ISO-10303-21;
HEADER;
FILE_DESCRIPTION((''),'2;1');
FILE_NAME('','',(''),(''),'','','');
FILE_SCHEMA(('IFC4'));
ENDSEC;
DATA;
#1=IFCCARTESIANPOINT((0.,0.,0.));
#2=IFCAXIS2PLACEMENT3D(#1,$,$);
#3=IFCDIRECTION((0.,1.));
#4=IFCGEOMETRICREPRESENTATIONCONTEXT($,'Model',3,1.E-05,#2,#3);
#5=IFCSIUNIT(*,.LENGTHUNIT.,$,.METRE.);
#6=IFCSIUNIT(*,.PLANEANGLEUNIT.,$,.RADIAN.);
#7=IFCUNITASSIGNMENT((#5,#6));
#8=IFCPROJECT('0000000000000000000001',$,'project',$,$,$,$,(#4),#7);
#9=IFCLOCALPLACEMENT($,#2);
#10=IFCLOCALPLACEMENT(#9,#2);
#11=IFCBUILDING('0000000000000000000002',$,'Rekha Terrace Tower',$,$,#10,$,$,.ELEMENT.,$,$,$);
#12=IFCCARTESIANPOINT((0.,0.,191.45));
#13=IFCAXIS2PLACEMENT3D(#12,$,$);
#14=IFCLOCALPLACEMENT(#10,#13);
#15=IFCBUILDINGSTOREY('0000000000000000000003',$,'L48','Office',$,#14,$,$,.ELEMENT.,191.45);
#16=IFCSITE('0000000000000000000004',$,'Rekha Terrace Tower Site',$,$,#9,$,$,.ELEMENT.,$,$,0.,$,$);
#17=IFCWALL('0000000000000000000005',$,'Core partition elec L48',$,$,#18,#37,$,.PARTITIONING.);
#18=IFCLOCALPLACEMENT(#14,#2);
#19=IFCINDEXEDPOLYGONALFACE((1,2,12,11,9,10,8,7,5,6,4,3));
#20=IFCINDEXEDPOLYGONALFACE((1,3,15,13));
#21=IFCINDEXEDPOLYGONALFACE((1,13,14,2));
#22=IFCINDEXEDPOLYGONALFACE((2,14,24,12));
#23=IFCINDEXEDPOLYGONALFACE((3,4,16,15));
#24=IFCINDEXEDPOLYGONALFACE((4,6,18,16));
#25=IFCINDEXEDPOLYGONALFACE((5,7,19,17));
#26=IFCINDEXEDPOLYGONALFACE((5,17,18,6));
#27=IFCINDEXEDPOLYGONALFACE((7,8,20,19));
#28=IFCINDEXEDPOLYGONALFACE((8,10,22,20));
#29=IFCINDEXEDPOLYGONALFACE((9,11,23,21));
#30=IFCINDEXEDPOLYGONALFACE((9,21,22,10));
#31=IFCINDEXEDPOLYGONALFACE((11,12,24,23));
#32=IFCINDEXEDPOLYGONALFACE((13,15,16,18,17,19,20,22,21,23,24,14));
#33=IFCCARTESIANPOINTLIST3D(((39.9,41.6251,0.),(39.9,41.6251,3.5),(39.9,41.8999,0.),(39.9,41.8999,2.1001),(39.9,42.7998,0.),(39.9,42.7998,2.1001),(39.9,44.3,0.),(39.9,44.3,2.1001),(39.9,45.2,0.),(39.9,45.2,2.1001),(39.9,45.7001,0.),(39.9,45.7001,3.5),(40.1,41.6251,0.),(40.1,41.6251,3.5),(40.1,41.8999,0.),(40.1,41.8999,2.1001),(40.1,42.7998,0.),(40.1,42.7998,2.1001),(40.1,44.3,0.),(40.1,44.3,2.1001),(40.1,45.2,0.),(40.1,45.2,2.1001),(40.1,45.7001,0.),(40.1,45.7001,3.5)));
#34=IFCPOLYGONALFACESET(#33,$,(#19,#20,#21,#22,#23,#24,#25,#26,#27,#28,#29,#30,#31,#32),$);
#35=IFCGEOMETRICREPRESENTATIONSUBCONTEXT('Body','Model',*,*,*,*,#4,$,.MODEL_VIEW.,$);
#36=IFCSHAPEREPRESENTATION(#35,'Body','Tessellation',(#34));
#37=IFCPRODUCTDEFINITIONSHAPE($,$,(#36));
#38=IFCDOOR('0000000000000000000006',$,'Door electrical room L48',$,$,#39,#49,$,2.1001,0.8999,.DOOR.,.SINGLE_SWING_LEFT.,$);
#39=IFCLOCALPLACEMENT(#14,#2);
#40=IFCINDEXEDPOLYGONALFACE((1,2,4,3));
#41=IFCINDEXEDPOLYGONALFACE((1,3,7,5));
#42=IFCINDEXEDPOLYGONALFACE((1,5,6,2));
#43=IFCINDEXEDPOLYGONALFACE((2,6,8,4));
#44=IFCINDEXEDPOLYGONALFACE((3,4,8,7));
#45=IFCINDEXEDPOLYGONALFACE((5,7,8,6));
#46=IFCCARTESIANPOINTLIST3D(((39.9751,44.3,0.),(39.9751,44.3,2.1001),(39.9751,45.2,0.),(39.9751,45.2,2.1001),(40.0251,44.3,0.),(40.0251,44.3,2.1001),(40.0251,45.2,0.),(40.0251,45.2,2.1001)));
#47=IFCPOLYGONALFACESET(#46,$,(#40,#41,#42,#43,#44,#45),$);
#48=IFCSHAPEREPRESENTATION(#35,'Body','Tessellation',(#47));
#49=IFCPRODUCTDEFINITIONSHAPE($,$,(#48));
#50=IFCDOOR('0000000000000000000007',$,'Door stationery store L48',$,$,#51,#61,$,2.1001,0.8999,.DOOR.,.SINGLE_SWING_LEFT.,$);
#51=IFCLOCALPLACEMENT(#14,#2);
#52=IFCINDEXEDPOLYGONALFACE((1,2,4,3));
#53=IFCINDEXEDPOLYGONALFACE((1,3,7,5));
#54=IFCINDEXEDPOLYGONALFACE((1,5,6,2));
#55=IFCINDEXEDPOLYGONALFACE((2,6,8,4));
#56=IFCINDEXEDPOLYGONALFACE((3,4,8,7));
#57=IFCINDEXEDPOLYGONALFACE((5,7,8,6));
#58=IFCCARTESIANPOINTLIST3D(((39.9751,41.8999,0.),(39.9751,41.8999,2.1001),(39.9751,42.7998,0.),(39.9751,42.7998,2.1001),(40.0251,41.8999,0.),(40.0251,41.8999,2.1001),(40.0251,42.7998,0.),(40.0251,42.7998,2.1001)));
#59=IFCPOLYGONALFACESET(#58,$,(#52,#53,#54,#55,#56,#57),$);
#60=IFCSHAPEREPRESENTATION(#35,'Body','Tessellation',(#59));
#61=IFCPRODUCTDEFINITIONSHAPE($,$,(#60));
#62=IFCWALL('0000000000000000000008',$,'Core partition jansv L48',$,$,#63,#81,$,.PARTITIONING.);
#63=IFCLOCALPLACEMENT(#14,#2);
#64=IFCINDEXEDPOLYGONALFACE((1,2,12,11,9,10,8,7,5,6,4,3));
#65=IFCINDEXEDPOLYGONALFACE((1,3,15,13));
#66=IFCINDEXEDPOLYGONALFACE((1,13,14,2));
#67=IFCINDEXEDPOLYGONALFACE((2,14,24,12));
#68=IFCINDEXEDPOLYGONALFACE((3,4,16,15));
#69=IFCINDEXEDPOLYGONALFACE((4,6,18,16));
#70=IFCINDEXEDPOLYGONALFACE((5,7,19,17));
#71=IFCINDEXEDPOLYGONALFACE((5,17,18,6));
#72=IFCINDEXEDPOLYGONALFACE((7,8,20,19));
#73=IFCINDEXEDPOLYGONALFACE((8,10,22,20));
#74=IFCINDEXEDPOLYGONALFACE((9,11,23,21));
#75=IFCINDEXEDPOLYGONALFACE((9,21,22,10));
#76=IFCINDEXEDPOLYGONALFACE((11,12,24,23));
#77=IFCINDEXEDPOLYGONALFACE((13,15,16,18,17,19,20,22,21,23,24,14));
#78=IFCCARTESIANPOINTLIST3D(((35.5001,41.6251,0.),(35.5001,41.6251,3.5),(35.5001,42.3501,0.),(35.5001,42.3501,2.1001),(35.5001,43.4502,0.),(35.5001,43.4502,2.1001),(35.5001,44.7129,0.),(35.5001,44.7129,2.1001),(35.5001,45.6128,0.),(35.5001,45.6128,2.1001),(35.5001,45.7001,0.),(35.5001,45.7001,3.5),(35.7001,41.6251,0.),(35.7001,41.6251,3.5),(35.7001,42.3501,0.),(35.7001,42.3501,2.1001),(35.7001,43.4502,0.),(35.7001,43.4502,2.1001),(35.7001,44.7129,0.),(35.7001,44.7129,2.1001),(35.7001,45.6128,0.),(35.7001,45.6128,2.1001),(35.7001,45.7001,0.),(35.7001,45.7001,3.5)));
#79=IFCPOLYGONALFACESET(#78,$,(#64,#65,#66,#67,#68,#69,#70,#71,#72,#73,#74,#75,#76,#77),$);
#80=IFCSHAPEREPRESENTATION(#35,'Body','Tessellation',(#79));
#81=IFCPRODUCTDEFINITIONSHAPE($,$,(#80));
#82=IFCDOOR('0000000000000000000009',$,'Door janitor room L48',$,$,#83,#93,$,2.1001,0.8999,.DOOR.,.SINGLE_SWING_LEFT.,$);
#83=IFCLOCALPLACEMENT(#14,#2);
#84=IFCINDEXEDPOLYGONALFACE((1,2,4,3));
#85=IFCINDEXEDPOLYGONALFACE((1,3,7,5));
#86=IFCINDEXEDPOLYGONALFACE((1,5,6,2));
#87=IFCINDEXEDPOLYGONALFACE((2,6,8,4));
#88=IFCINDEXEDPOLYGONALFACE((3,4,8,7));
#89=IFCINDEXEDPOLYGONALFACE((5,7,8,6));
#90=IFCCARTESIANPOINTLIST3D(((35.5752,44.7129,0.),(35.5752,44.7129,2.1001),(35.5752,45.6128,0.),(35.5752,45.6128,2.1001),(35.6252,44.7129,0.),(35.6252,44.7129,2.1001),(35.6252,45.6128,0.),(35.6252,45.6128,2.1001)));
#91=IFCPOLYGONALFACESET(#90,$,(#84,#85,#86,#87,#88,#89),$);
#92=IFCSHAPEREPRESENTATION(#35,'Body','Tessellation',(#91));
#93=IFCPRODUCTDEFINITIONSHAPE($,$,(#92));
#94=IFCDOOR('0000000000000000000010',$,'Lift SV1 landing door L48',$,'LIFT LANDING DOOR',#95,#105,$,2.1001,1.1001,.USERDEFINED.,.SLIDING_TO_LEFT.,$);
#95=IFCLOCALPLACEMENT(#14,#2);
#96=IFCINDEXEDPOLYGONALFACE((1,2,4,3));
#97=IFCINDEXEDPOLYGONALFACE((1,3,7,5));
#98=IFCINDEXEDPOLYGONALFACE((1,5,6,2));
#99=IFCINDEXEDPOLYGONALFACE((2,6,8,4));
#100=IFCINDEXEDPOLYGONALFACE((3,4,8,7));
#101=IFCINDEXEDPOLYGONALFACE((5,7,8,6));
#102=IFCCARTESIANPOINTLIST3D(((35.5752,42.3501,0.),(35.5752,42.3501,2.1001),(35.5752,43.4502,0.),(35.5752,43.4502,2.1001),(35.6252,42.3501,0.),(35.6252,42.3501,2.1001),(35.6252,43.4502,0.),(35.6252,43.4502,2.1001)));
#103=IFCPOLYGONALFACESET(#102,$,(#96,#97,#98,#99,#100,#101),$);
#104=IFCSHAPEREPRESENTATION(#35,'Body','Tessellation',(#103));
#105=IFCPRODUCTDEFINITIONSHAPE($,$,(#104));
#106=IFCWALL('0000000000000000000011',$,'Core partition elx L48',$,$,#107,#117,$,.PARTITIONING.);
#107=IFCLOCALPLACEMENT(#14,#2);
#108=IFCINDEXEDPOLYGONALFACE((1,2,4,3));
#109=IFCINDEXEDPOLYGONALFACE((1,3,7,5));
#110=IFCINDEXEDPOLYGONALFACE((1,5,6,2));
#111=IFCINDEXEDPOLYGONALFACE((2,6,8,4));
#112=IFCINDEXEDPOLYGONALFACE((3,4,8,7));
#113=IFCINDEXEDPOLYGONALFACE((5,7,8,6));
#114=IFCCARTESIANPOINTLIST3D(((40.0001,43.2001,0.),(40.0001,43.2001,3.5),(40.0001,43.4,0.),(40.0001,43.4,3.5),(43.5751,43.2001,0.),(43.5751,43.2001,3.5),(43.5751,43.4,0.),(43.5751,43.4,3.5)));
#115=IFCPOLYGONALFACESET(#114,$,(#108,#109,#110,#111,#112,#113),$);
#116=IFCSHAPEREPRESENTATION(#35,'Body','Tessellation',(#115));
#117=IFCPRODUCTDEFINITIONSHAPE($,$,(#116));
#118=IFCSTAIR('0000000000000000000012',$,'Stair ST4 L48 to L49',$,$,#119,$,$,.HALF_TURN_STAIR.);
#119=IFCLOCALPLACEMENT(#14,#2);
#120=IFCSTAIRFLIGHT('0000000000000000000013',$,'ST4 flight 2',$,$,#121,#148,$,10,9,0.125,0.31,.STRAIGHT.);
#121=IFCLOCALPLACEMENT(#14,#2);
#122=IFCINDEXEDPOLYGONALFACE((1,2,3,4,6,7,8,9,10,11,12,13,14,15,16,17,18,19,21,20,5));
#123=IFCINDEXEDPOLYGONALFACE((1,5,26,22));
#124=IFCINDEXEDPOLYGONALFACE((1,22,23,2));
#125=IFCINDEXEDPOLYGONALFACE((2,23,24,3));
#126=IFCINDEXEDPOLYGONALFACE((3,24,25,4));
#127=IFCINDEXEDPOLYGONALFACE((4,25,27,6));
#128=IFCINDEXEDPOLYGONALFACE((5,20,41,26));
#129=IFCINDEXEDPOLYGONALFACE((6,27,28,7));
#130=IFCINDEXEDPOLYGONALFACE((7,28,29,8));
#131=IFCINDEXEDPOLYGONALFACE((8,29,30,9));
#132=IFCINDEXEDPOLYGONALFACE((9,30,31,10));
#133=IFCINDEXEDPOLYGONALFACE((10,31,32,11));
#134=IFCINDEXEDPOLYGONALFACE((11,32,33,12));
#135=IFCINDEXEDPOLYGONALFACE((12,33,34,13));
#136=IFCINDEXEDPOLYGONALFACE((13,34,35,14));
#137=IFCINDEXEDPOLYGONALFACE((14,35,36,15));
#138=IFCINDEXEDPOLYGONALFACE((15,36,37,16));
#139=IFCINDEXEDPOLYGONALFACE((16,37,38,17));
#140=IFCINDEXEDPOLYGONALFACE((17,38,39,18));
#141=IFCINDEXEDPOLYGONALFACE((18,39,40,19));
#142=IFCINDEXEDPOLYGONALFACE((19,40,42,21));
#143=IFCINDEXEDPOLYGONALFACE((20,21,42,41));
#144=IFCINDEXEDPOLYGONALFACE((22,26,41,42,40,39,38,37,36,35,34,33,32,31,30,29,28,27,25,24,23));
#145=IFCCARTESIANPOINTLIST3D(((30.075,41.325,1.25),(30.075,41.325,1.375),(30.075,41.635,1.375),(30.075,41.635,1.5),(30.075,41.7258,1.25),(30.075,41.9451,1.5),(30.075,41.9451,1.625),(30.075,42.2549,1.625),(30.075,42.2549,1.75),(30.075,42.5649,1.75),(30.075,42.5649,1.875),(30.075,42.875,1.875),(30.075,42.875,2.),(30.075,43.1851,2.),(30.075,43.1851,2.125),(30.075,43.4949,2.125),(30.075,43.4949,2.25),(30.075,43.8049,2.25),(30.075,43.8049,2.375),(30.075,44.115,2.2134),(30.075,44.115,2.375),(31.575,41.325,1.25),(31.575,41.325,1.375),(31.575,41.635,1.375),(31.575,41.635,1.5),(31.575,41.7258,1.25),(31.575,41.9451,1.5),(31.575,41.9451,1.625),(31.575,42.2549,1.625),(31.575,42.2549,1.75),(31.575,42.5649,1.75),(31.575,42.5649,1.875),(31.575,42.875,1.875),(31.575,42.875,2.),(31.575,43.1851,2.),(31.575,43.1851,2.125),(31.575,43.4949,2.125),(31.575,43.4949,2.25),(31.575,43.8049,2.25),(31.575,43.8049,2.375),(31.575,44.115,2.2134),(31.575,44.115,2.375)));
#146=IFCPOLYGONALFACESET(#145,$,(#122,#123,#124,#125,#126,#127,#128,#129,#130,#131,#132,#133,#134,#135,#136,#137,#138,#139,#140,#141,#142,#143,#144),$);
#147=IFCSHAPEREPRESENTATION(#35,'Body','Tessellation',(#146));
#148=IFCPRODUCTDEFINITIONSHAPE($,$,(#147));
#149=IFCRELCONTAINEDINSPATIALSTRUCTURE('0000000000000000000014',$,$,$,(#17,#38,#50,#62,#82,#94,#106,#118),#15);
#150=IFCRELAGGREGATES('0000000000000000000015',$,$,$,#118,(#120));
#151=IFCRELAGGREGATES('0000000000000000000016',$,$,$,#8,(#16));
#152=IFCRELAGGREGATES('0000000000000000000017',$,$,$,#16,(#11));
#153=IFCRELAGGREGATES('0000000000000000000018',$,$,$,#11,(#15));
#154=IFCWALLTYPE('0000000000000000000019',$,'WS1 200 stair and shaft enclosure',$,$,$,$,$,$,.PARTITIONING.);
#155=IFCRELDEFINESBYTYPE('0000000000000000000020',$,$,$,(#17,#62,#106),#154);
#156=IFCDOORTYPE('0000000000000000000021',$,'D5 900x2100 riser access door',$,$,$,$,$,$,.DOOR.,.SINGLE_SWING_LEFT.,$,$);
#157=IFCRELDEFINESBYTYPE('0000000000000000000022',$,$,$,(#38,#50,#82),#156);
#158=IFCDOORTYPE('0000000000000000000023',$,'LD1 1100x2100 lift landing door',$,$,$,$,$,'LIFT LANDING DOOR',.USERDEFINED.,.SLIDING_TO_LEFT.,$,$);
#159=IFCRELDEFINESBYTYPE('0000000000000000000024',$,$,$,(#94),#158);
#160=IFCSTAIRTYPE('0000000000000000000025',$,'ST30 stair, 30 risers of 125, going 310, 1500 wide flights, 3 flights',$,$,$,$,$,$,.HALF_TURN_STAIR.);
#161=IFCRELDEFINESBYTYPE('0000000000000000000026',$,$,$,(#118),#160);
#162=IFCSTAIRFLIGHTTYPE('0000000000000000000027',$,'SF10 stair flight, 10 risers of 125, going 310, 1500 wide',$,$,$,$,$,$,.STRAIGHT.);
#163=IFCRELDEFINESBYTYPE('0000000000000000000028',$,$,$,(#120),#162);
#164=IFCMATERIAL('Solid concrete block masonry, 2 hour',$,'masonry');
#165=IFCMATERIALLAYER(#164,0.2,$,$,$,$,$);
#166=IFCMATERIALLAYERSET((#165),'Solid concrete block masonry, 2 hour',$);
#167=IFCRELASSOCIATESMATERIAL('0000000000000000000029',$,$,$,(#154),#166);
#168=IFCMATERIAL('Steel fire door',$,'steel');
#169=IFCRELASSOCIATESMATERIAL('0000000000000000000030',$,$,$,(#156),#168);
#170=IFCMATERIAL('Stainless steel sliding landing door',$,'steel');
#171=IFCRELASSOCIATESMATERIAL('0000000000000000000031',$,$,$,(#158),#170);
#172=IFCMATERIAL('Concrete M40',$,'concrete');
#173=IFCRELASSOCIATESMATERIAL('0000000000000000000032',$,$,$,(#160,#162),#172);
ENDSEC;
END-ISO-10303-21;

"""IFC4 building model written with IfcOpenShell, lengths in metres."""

from ifc_helpers import new_model, si_unit, direction, frame, frame_2d, origin, place, context, subcontext, project, spatial, polyline, rectangle, outline, extrude, material, layer, layer_set, type_object, element, fill, aggregate, save


model = new_model("IFC4")

# Units and contexts
model_context = context("Model", 3, precision=1e-05, world=origin(), true_north=direction((0.0, 1.0)))
body_context = subcontext(model_context, "Body", "Model", "MODEL_VIEW")
ifc_project = project(units=[si_unit("LENGTHUNIT", "METRE"), si_unit("PLANEANGLEUNIT", "RADIAN")], contexts=[model_context])

# Site, building, storey
site_placement = place(None, origin())
site = spatial("IfcSite", under=ifc_project, at=site_placement, Name="Rekha Terrace Tower Site", CompositionType="ELEMENT", RefElevation=0.0)
building_placement = place(site_placement, origin())
building = spatial("IfcBuilding", under=site, at=building_placement, Name="Rekha Terrace Tower", CompositionType="ELEMENT")
storey_placement = place(building_placement, frame((0.0, 0.0, 191.45)))
storey = spatial("IfcBuildingStorey", under=building, at=storey_placement, Name="L48", Description="Office", CompositionType="ELEMENT", Elevation=191.45)

# Shared definitions
ifc_material_1 = material(Name="Solid concrete block masonry, 2 hour", Category="masonry")
ifc_layer_1 = layer(ifc_material_1, 0.2)
ifc_layer_set_1 = layer_set([ifc_layer_1], Name="Solid concrete block masonry, 2 hour")
wall_type_1 = type_object("IfcWallType", Name="WS1 200 stair and shaft enclosure", PredefinedType="PARTITIONING", material=ifc_layer_set_1)

# Walls, openings, doors
wall_1_placement = place(storey_placement, frame((40.0, 41.625, 0.0), z_axis=(0.0, 0.0, 1.0), x_axis=(0.0, 1.0, 0.0)))
wall_1 = element("IfcWall", 1, at=wall_1_placement, inside=storey, type_object=wall_type_1, Name="Core partition elec L48", PredefinedType="PARTITIONING", context=body_context, shape_type="SweptSolid", body=[
    extrude(rectangle(XDim=4.075, YDim=0.2, at=frame_2d((2.0376, 0.0))), origin(), (0.0, 0.0, 1.0), 3.5),
])
opening_1_placement = place(wall_1_placement, frame((2.675, 0.0, 0.0)))
opening_1 = element("IfcOpeningElement", 2, at=opening_1_placement, cuts=wall_1, PredefinedType="OPENING", context=body_context, shape_type="SweptSolid", body=[
    extrude(rectangle(XDim=0.8999, YDim=2.1001, at=frame_2d((0.45, 1.05))), frame((0.0, 0.1099, 0.0), z_axis=(0.0, -1.0, 0.0), x_axis=(1.0, 0.0, 0.0)), (0.0, 0.0, 1.0), 0.22),
])
opening_2_placement = place(wall_1_placement, frame((0.2749, 0.0, 0.0)))
opening_2 = element("IfcOpeningElement", 3, at=opening_2_placement, cuts=wall_1, PredefinedType="OPENING", context=body_context, shape_type="SweptSolid", body=[
    extrude(rectangle(XDim=0.8999, YDim=2.1001, at=frame_2d((0.45, 1.05))), frame((0.0, 0.1099, 0.0), z_axis=(0.0, -1.0, 0.0), x_axis=(1.0, 0.0, 0.0)), (0.0, 0.0, 1.0), 0.22),
])
ifc_material_2 = material(Name="Steel fire door", Category="steel")
door_type_1 = type_object("IfcDoorType", Name="D5 900x2100 riser access door", OperationType="SINGLE_SWING_LEFT", PredefinedType="DOOR", material=ifc_material_2)
door_1_placement = place(opening_1_placement, origin())
door_1 = element("IfcDoor", 4, at=door_1_placement, inside=storey, type_object=door_type_1, Name="Door electrical room L48", OperationType="SINGLE_SWING_LEFT", OverallHeight=2.1001, OverallWidth=0.8999, PredefinedType="DOOR", context=body_context, shape_type="SweptSolid", body=[
    extrude(rectangle(XDim=0.8999, YDim=2.1001, at=frame_2d((0.45, 1.05))), frame((0.0, 0.0249, 0.0), z_axis=(0.0, -1.0, 0.0), x_axis=(1.0, 0.0, 0.0)), (0.0, 0.0, 1.0), 0.05),
])
fill(opening_1, door_1)
door_2_placement = place(opening_2_placement, origin())
door_2 = element("IfcDoor", 5, at=door_2_placement, inside=storey, type_object=door_type_1, Name="Door stationery store L48", OperationType="SINGLE_SWING_LEFT", OverallHeight=2.1001, OverallWidth=0.8999, PredefinedType="DOOR", context=body_context, shape_type="SweptSolid", body=[
    extrude(rectangle(XDim=0.8999, YDim=2.1001, at=frame_2d((0.45, 1.05))), frame((0.0, 0.0249, 0.0), z_axis=(0.0, -1.0, 0.0), x_axis=(1.0, 0.0, 0.0)), (0.0, 0.0, 1.0), 0.05),
])
fill(opening_2, door_2)
wall_2_placement = place(storey_placement, frame((35.6001, 41.625, 0.0), z_axis=(0.0, 0.0, 1.0), x_axis=(0.0, 1.0, 0.0)))
wall_2 = element("IfcWall", 6, at=wall_2_placement, inside=storey, type_object=wall_type_1, Name="Core partition jansv L48", PredefinedType="PARTITIONING", context=body_context, shape_type="SweptSolid", body=[
    extrude(rectangle(XDim=4.075, YDim=0.2, at=frame_2d((2.0376, 0.0))), origin(), (0.0, 0.0, 1.0), 3.5),
])
opening_3_placement = place(wall_2_placement, frame((3.0879, 0.0, 0.0)))
opening_3 = element("IfcOpeningElement", 7, at=opening_3_placement, cuts=wall_2, PredefinedType="OPENING", context=body_context, shape_type="SweptSolid", body=[
    extrude(rectangle(XDim=0.8999, YDim=2.1001, at=frame_2d((0.45, 1.05))), frame((0.0, 0.1099, 0.0), z_axis=(0.0, -1.0, 0.0), x_axis=(1.0, 0.0, 0.0)), (0.0, 0.0, 1.0), 0.22),
])
opening_4_placement = place(wall_2_placement, frame((0.7251, 0.0, 0.0)))
opening_4 = element("IfcOpeningElement", 8, at=opening_4_placement, cuts=wall_2, PredefinedType="OPENING", context=body_context, shape_type="SweptSolid", body=[
    extrude(rectangle(XDim=1.1001, YDim=2.1001, at=frame_2d((0.55, 1.05))), frame((0.0, 0.1099, 0.0), z_axis=(0.0, -1.0, 0.0), x_axis=(1.0, 0.0, 0.0)), (0.0, 0.0, 1.0), 0.22),
])
door_3_placement = place(opening_3_placement, origin())
door_3 = element("IfcDoor", 9, at=door_3_placement, inside=storey, type_object=door_type_1, Name="Door janitor room L48", OperationType="SINGLE_SWING_LEFT", OverallHeight=2.1001, OverallWidth=0.8999, PredefinedType="DOOR", context=body_context, shape_type="SweptSolid", body=[
    extrude(rectangle(XDim=0.8999, YDim=2.1001, at=frame_2d((0.45, 1.05))), frame((0.0, 0.0249, 0.0), z_axis=(0.0, -1.0, 0.0), x_axis=(1.0, 0.0, 0.0)), (0.0, 0.0, 1.0), 0.05),
])
fill(opening_3, door_3)
ifc_material_3 = material(Name="Stainless steel sliding landing door", Category="steel")
door_type_2 = type_object("IfcDoorType", Name="LD1 1100x2100 lift landing door", ElementType="LIFT LANDING DOOR", OperationType="SLIDING_TO_LEFT", PredefinedType="USERDEFINED", material=ifc_material_3)
door_4_placement = place(opening_4_placement, origin())
door_4 = element("IfcDoor", 10, at=door_4_placement, inside=storey, type_object=door_type_2, Name="Lift SV1 landing door L48", ObjectType="LIFT LANDING DOOR", OperationType="SLIDING_TO_LEFT", OverallHeight=2.1001, OverallWidth=1.1001, PredefinedType="USERDEFINED", context=body_context, shape_type="SweptSolid", body=[
    extrude(rectangle(XDim=1.1001, YDim=2.1001, at=frame_2d((0.55, 1.05))), frame((0.0, 0.0249, 0.0), z_axis=(0.0, -1.0, 0.0), x_axis=(1.0, 0.0, 0.0)), (0.0, 0.0, 1.0), 0.05),
])
fill(opening_4, door_4)

# Wall
wall_3_placement = place(storey_placement, frame((40.0, 43.3, 0.0), z_axis=(0.0, 0.0, 1.0), x_axis=(1.0, 0.0, 0.0)))
element("IfcWall", 11, at=wall_3_placement, inside=storey, type_object=wall_type_1, Name="Core partition elx L48", PredefinedType="PARTITIONING", context=body_context, shape_type="SweptSolid", body=[
    extrude(rectangle(XDim=3.575, YDim=0.2, at=frame_2d((1.7876, 0.0))), origin(), (0.0, 0.0, 1.0), 3.5),
])

# Stair, stair flight
ifc_material_4 = material(Name="Concrete M40", Category="concrete")
stair_type = type_object("IfcStairType", Name="ST30 stair, 30 risers of 125, going 310, 1500 wide flights, 3 flights", PredefinedType="HALF_TURN_STAIR", material=ifc_material_4)
stair_placement = place(storey_placement, origin())
stair = element("IfcStair", 12, at=stair_placement, inside=storey, type_object=stair_type, Name="Stair ST4 L48 to L49", PredefinedType="HALF_TURN_STAIR")
stair_flight_type = type_object("IfcStairFlightType", Name="SF10 stair flight, 10 risers of 125, going 310, 1500 wide", PredefinedType="STRAIGHT", material=ifc_material_4)
stair_flight_1_placement = place(storey_placement, frame((30.825, 41.325, 1.25), z_axis=(0.0, 0.0, 1.0), x_axis=(0.0, 1.0, 0.0)))
stair_flight_1 = element("IfcStairFlight", 13, at=stair_flight_1_placement, type_object=stair_flight_type, Name="ST4 flight 2", NumberOfRisers=10, NumberOfTreads=9, PredefinedType="STRAIGHT", RiserHeight=0.125, TreadLength=0.31, context=body_context, shape_type="SweptSolid", body=[
    extrude(outline(polyline([(0.0, 0.0), (0.0, 0.125), (0.3101, 0.125), (0.3101, 0.25), (0.6201, 0.25), (0.6201, 0.375), (0.9299, 0.375), (0.9299, 0.5), (1.24, 0.5), (1.24, 0.625), (1.55, 0.625), (1.55, 0.75), (1.8601, 0.75), (1.8601, 0.875), (2.1699, 0.875), (2.1699, 1.0), (2.48, 1.0), (2.48, 1.125), (2.79, 1.125), (2.79, 1.25), (2.79, 0.9634), (0.4009, 0.0), (0.0, 0.0)])), frame((0.0, 0.75, 0.0), z_axis=(0.0, -1.0, 0.0), x_axis=(1.0, 0.0, 0.0)), (0.0, 0.0, 1.0), 1.5),
])
aggregate(stair, [stair_flight_1])

save(model, "model.ifc")
